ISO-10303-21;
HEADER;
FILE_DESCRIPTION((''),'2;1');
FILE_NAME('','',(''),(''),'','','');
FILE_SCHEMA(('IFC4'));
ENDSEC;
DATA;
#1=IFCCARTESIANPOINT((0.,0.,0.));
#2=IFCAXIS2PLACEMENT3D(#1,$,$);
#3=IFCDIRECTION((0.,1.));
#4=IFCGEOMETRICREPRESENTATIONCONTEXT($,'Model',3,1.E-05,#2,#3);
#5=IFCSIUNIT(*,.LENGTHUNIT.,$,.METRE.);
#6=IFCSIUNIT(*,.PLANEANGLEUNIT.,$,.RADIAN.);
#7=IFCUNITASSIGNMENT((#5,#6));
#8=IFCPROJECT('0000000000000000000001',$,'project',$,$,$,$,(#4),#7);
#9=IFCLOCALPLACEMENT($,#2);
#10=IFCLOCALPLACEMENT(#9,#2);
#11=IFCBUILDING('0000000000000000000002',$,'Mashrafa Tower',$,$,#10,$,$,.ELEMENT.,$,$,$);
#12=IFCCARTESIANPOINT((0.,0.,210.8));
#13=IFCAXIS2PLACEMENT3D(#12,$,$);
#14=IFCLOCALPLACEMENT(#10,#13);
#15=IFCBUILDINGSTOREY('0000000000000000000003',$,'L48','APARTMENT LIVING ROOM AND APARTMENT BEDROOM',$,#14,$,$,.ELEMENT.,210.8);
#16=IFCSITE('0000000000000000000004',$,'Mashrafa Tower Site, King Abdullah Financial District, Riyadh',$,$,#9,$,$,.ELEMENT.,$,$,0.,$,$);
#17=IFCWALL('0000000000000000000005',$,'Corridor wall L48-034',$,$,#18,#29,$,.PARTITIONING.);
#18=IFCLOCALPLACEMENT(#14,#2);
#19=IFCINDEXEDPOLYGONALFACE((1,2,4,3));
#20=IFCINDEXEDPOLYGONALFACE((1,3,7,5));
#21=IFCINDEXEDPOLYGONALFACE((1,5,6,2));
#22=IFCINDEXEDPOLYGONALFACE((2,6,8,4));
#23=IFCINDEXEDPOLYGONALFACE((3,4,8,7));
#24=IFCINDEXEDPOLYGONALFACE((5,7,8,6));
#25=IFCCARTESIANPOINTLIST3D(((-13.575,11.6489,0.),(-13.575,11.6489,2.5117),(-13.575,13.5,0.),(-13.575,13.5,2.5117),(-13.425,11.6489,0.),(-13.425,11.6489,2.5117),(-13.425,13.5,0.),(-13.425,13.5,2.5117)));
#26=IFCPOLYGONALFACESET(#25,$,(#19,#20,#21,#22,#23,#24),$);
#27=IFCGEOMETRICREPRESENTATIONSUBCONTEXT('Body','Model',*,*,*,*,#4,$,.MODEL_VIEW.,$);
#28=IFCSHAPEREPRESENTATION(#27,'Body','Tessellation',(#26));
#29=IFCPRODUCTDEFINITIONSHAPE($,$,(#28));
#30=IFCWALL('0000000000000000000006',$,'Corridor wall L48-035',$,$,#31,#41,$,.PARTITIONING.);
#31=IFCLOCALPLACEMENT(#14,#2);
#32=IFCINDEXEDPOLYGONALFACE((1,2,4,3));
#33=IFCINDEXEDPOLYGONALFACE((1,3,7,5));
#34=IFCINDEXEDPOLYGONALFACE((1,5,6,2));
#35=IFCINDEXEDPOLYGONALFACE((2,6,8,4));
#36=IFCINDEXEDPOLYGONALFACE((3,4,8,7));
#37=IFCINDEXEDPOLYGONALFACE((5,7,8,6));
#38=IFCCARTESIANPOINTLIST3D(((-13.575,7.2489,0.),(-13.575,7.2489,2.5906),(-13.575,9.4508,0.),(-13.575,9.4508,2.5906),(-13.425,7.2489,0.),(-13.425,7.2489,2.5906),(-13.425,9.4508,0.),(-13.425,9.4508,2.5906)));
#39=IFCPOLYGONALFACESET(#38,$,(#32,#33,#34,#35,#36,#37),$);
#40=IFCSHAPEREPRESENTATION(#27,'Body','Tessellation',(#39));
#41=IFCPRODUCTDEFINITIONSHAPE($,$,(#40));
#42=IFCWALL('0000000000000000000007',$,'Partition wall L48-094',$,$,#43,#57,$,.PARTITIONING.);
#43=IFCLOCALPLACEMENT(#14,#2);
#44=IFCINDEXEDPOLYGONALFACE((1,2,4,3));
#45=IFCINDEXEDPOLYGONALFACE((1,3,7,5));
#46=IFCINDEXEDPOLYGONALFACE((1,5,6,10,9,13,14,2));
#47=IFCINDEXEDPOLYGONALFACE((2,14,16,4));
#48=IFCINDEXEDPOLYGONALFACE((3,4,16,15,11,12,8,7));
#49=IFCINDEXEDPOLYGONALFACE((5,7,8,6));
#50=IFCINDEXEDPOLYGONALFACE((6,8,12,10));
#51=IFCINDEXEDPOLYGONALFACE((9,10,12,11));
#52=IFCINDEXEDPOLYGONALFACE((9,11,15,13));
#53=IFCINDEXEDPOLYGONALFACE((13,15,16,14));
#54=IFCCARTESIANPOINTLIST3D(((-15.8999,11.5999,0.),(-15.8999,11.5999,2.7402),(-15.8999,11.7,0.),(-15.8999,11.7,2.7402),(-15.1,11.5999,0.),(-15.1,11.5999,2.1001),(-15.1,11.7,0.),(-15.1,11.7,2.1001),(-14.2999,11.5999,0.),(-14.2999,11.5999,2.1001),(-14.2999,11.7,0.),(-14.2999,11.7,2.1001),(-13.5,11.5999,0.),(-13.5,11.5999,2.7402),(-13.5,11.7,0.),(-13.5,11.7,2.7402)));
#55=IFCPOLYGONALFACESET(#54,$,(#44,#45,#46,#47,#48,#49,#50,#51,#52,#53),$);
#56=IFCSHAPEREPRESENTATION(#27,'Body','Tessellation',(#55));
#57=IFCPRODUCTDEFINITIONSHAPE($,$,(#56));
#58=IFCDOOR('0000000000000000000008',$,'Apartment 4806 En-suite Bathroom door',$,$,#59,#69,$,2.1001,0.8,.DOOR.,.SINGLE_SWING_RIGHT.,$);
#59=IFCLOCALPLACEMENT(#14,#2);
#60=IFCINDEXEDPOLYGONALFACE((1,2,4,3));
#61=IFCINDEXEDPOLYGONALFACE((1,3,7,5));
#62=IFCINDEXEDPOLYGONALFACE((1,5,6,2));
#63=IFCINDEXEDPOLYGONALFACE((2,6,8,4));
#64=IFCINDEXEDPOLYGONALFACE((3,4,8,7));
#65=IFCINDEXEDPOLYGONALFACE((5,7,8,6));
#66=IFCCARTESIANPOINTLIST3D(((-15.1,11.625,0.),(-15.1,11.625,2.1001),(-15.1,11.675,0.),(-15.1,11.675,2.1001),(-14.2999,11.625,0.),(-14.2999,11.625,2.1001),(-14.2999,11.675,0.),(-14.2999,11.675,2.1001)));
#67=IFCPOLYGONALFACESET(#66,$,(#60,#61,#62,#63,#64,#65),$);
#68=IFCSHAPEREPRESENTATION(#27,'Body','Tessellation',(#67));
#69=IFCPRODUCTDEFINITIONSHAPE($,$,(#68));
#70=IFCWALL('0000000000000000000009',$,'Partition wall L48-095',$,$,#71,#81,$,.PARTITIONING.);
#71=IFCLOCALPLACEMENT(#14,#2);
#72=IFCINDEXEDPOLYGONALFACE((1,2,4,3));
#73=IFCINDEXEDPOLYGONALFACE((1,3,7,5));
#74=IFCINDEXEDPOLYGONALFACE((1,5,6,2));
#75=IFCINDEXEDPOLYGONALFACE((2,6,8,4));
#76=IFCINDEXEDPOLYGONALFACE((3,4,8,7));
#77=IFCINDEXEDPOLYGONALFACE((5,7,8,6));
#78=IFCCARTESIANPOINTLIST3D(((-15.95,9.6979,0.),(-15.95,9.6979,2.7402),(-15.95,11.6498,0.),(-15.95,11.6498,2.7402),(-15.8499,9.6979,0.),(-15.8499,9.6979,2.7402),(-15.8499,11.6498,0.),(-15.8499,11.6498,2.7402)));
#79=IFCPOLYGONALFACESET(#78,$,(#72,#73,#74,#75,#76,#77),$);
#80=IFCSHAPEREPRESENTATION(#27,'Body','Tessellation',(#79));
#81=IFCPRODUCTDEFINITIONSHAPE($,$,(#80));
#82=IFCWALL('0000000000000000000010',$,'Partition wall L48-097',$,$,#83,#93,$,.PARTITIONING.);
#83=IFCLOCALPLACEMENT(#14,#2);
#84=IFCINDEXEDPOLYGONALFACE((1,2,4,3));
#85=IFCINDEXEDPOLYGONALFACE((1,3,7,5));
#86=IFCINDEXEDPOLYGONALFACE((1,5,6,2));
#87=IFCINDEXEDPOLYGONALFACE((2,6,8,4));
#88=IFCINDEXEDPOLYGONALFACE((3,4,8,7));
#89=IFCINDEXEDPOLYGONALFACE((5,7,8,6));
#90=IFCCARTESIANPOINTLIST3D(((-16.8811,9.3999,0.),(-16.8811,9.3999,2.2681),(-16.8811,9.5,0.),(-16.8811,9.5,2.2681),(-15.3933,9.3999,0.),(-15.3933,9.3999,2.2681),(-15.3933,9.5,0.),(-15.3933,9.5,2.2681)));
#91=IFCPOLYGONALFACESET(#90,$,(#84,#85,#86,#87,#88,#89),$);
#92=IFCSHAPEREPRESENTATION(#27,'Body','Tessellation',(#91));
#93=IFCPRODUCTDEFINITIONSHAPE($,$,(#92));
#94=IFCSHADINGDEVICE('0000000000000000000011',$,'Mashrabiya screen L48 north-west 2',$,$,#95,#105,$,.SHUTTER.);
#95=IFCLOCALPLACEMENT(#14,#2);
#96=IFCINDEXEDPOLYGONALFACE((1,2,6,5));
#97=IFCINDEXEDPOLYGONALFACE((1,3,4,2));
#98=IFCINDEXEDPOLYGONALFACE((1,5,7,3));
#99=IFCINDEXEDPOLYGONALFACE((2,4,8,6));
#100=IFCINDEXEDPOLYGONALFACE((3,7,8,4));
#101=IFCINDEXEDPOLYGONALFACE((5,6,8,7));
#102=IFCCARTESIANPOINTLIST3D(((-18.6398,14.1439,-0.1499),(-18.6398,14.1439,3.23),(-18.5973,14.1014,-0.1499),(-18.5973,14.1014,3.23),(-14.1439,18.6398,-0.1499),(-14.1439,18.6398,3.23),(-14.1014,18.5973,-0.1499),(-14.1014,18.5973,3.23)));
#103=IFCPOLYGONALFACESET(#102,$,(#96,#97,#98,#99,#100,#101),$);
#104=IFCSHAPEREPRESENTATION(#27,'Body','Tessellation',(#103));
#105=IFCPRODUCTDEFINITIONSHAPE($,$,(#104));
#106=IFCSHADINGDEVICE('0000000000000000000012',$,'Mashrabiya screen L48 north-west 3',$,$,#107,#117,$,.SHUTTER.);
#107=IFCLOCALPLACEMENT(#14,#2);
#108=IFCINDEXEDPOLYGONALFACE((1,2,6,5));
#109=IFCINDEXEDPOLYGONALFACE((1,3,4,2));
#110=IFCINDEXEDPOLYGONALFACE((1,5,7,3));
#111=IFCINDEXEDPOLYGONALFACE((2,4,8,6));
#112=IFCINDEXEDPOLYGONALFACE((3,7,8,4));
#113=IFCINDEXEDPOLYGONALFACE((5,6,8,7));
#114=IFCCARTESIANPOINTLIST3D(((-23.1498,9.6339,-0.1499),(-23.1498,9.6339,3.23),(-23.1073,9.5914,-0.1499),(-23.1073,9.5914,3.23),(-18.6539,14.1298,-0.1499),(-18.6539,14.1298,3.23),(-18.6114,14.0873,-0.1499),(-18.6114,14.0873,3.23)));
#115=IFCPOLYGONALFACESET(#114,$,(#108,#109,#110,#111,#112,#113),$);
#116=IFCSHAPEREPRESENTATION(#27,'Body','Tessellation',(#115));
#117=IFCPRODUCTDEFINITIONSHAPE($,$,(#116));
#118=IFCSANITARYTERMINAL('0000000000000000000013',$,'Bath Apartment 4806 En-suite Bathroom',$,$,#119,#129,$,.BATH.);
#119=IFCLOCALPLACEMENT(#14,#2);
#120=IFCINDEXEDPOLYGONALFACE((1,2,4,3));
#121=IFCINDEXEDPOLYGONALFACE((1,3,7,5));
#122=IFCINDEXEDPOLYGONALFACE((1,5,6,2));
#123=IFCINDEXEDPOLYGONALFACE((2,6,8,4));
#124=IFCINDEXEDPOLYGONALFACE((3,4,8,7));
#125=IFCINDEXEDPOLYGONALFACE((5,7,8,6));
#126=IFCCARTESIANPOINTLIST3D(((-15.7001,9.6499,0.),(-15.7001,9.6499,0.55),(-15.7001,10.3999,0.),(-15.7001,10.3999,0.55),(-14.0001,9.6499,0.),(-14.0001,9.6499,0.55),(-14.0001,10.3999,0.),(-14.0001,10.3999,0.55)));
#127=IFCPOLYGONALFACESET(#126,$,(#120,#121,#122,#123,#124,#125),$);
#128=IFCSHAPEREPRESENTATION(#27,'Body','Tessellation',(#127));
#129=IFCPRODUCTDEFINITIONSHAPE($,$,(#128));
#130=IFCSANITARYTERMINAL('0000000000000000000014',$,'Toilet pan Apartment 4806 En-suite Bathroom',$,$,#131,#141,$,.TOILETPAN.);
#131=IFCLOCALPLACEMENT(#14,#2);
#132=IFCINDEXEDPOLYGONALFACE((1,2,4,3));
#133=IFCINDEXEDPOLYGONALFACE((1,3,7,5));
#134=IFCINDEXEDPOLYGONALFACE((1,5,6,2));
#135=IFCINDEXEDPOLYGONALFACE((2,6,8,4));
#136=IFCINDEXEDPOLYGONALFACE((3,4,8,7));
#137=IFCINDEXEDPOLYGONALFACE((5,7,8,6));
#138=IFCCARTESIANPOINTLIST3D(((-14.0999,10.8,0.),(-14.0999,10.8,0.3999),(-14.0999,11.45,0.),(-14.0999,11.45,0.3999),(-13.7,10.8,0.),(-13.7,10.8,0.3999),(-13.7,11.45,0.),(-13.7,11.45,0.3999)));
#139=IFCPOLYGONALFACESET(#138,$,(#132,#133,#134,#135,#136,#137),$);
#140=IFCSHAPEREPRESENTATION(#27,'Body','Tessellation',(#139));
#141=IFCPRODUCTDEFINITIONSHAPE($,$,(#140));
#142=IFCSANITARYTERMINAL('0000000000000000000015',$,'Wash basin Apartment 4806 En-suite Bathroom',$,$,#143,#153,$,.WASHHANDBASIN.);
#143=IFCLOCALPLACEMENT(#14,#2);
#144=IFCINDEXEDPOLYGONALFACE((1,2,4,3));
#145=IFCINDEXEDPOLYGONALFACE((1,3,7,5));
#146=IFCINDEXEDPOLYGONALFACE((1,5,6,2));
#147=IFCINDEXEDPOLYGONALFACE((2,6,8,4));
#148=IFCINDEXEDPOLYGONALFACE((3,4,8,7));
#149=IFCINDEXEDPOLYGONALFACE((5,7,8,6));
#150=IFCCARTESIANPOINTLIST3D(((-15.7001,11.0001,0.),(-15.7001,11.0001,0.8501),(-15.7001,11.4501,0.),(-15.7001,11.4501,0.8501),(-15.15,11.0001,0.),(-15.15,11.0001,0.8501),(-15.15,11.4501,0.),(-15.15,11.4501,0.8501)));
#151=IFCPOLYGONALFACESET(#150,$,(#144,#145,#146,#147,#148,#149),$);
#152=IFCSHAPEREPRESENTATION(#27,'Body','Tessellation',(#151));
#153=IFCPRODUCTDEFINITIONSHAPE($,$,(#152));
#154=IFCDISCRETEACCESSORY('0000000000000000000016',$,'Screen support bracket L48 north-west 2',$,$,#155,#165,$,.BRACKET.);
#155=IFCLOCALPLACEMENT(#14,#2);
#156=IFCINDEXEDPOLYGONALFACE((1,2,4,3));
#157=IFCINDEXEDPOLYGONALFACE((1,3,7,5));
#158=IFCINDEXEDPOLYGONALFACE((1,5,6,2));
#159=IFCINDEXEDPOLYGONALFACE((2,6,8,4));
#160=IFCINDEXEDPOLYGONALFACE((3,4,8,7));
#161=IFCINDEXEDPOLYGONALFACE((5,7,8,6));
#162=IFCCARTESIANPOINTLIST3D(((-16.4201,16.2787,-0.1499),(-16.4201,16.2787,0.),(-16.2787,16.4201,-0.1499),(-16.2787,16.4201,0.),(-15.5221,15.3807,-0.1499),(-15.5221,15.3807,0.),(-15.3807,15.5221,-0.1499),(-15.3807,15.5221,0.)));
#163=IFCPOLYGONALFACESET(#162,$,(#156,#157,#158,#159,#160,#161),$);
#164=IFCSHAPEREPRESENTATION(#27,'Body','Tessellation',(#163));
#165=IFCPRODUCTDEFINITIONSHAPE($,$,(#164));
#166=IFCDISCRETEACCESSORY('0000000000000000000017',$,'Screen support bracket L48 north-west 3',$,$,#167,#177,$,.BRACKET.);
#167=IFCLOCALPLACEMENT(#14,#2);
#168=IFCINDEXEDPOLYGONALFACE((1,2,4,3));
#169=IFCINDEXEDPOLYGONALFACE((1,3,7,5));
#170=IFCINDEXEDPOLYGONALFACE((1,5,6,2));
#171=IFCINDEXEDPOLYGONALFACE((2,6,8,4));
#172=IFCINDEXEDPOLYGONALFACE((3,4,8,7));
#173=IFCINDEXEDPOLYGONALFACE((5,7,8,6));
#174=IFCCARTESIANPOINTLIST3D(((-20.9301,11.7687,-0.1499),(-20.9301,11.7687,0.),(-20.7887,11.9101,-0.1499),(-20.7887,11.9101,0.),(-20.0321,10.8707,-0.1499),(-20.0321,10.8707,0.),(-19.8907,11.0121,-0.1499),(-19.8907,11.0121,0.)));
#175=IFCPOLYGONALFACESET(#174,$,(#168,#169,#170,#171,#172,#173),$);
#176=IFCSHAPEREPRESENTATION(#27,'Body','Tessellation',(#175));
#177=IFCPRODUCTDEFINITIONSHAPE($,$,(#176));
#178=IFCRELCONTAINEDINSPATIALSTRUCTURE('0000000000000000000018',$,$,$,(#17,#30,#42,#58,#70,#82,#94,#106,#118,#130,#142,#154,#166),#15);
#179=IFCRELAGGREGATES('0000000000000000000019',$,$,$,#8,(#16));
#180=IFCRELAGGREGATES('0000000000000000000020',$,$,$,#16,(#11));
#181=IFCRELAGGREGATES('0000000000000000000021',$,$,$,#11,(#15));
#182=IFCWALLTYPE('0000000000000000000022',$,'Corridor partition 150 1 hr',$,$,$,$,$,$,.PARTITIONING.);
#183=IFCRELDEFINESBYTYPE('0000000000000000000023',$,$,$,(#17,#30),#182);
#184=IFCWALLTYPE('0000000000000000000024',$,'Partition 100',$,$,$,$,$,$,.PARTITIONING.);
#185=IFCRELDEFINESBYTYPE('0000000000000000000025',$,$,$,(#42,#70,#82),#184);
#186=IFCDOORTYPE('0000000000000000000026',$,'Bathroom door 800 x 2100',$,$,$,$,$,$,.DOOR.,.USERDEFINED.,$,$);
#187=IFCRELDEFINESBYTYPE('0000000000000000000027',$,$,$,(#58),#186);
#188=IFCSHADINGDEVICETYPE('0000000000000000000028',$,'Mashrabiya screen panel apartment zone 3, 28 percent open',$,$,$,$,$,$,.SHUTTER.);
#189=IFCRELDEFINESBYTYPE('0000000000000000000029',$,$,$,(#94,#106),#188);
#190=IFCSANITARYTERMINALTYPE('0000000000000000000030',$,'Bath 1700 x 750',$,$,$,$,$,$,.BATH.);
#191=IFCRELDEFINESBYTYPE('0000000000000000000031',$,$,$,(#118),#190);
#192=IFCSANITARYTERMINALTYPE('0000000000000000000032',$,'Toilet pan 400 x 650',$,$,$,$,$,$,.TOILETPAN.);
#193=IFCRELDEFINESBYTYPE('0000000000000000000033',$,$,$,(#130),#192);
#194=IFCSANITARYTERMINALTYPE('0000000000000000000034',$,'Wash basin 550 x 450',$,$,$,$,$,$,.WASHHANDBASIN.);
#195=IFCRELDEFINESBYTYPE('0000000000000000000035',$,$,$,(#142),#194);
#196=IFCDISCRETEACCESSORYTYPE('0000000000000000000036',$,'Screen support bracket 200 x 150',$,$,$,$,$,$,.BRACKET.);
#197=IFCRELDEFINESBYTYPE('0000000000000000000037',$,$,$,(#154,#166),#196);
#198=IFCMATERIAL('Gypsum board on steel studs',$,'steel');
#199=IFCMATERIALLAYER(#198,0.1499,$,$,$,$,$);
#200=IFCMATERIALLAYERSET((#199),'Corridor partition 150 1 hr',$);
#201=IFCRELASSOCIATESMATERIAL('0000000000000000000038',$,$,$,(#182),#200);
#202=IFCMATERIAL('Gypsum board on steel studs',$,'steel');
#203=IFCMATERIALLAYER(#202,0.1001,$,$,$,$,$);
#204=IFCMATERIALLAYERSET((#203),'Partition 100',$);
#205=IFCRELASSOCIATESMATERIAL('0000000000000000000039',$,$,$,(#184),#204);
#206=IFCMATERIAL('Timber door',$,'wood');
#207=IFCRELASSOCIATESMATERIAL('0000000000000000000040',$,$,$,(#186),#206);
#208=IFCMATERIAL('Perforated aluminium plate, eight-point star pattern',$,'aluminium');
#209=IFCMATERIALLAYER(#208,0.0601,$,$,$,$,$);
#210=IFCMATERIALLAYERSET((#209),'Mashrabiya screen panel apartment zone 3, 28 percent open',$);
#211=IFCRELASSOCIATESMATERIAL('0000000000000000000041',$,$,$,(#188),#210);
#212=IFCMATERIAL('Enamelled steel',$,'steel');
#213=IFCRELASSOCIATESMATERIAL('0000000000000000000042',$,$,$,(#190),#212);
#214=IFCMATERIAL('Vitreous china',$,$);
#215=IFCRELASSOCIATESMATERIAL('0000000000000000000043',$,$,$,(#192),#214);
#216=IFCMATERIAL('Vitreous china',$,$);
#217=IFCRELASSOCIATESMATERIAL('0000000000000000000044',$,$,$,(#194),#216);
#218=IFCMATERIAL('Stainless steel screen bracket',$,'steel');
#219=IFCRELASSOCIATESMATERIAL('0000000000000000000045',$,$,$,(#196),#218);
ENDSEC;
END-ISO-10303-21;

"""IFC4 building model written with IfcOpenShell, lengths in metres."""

from ifc_helpers import new_model, si_unit, direction, frame, frame_2d, origin, origin_2d, place, context, subcontext, project, spatial, rectangle, extrude, source, transform, mapped, material, layer, layer_set, type_object, type_shapes, element, fill, save


model = new_model("IFC4")

# Units and contexts
model_context = context("Model", 3, precision=1e-05, world=origin(), true_north=direction((0.0, 1.0)))
body_context = subcontext(model_context, "Body", "Model", "MODEL_VIEW")
ifc_project = project(units=[si_unit("LENGTHUNIT", "METRE"), si_unit("PLANEANGLEUNIT", "RADIAN")], contexts=[model_context])

# Site, building, storey
site_placement = place(None, origin())
site = spatial("IfcSite", under=ifc_project, at=site_placement, Name="Mashrafa Tower Site, King Abdullah Financial District, Riyadh", CompositionType="ELEMENT", RefElevation=0.0)
building_placement = place(site_placement, origin())
building = spatial("IfcBuilding", under=site, at=building_placement, Name="Mashrafa Tower", CompositionType="ELEMENT")
storey_placement = place(building_placement, frame((0.0, 0.0, 210.8)))
storey = spatial("IfcBuildingStorey", under=building, at=storey_placement, Name="L48", Description="APARTMENT LIVING ROOM AND APARTMENT BEDROOM", CompositionType="ELEMENT", Elevation=210.8)

# Walls
ifc_material_1 = material(Name="Gypsum board on steel studs", Category="steel")
ifc_layer_1 = layer(ifc_material_1, 0.1499)
ifc_layer_set_1 = layer_set([ifc_layer_1], Name="Corridor partition 150 1 hr")
wall_type_1 = type_object("IfcWallType", Name="Corridor partition 150 1 hr", PredefinedType="PARTITIONING", material=ifc_layer_set_1)
wall_1_placement = place(storey_placement, frame((-13.5, 13.5, 0.0), z_axis=(0.0, 0.0, 1.0), x_axis=(0.0, -1.0, 0.0)))
element("IfcWall", 1, at=wall_1_placement, inside=storey, type_object=wall_type_1, Name="Corridor wall L48-034", PredefinedType="PARTITIONING", context=body_context, shape_type="SweptSolid", body=[
    extrude(rectangle(XDim=1.8511, YDim=0.1499, at=frame_2d((0.9255, 0.0))), origin(), (0.0, 0.0, 1.0), 2.5117),
])
wall_2_placement = place(storey_placement, frame((-13.5, 9.4509, 0.0), z_axis=(0.0, 0.0, 1.0), x_axis=(0.0, -1.0, 0.0)))
element("IfcWall", 2, at=wall_2_placement, inside=storey, type_object=wall_type_1, Name="Corridor wall L48-035", PredefinedType="PARTITIONING", context=body_context, shape_type="SweptSolid", body=[
    extrude(rectangle(XDim=2.2019, YDim=0.1499, at=frame_2d((1.1011, 0.0))), origin(), (0.0, 0.0, 1.0), 2.5906),
])

# Wall, opening, door
ifc_material_2 = material(Name="Gypsum board on steel studs", Category="steel")
ifc_layer_2 = layer(ifc_material_2, 0.1001)
ifc_layer_set_2 = layer_set([ifc_layer_2], Name="Partition 100")
wall_type_2 = type_object("IfcWallType", Name="Partition 100", PredefinedType="PARTITIONING", material=ifc_layer_set_2)
wall_3_placement = place(storey_placement, frame((-13.5, 11.6499, 0.0), z_axis=(0.0, 0.0, 1.0), x_axis=(-1.0, 0.0, 0.0)))
wall_3 = element("IfcWall", 3, at=wall_3_placement, inside=storey, type_object=wall_type_2, Name="Partition wall L48-094", PredefinedType="PARTITIONING", context=body_context, shape_type="SweptSolid", body=[
    extrude(rectangle(XDim=2.3999, YDim=0.1001, at=frame_2d((1.2, 0.0))), origin(), (0.0, 0.0, 1.0), 2.7402),
])
opening_placement = place(wall_3_placement, frame((0.8, 0.0, 0.0)))
opening = element("IfcOpeningElement", 4, at=opening_placement, cuts=wall_3, PredefinedType="OPENING", context=body_context, shape_type="SweptSolid", body=[
    extrude(rectangle(XDim=0.8, YDim=2.1001, at=frame_2d((0.3999, 1.05))), frame((0.0, 0.0601, 0.0), z_axis=(0.0, -1.0, 0.0), x_axis=(1.0, 0.0, 0.0)), (0.0, 0.0, 1.0), 0.1201),
])
ifc_material_3 = material(Name="Timber door", Category="wood")
door_type = type_object("IfcDoorType", Name="Bathroom door 800 x 2100", OperationType="USERDEFINED", PredefinedType="DOOR", material=ifc_material_3)
door_placement = place(opening_placement, origin())
door = element("IfcDoor", 5, at=door_placement, inside=storey, type_object=door_type, Name="Apartment 4806 En-suite Bathroom door", OperationType="SINGLE_SWING_RIGHT", OverallHeight=2.1001, OverallWidth=0.8, PredefinedType="DOOR", context=body_context, shape_type="SweptSolid", body=[
    extrude(rectangle(XDim=0.8, YDim=2.1001, at=frame_2d((0.3999, 1.05))), frame((0.0, 0.0249, 0.0), z_axis=(0.0, -1.0, 0.0), x_axis=(1.0, 0.0, 0.0)), (0.0, 0.0, 1.0), 0.05),
])
fill(opening, door)

# Walls
wall_4_placement = place(storey_placement, frame((-15.8999, 11.6499, 0.0), z_axis=(0.0, 0.0, 1.0), x_axis=(0.0, -1.0, 0.0)))
element("IfcWall", 6, at=wall_4_placement, inside=storey, type_object=wall_type_2, Name="Partition wall L48-095", PredefinedType="PARTITIONING", context=body_context, shape_type="SweptSolid", body=[
    extrude(rectangle(XDim=1.9519, YDim=0.1001, at=frame_2d((0.9761, 0.0))), origin(), (0.0, 0.0, 1.0), 2.7402),
])
wall_5_placement = place(storey_placement, frame((-15.3933, 9.45, 0.0), z_axis=(0.0, 0.0, 1.0), x_axis=(-1.0, 0.0, 0.0)))
element("IfcWall", 7, at=wall_5_placement, inside=storey, type_object=wall_type_2, Name="Partition wall L48-097", PredefinedType="PARTITIONING", context=body_context, shape_type="SweptSolid", body=[
    extrude(rectangle(XDim=1.4878, YDim=0.1001, at=frame_2d((0.7439, 0.0))), origin(), (0.0, 0.0, 1.0), 2.2681),
])

# Shading devices
ifc_material_4 = material(Name="Perforated aluminium plate, eight-point star pattern", Category="aluminium")
ifc_layer_3 = layer(ifc_material_4, 0.0601)
ifc_layer_set_3 = layer_set([ifc_layer_3], Name="Mashrabiya screen panel apartment zone 3, 28 percent open")
shading_device_type = type_object("IfcShadingDeviceType", Name="Mashrabiya screen panel apartment zone 3, 28 percent open", PredefinedType="SHUTTER", material=ifc_layer_set_3)
shared_shape_1 = source(origin(), body_context, "Body", "SweptSolid", [
    extrude(rectangle(XDim=6.3582, YDim=0.0601, at=origin_2d()), origin(), (0.0, 0.0, 1.0), 3.3799),
])
type_shapes(shading_device_type, [shared_shape_1])
for number, where, z_axis, x_axis, name in (
    (8, (-16.3706, 16.3706, -0.1499), (0.0, 0.0, 1.0), (-0.707107, -0.707107, 0.0), "Mashrabiya screen L48 north-west 2"),
    (9, (-20.8806, 11.8606, -0.1499), (0.0, 0.0, 1.0), (-0.707107, -0.707107, 0.0), "Mashrabiya screen L48 north-west 3"),
):
    element("IfcShadingDevice", number, at=place(storey_placement, frame(where, z_axis=z_axis, x_axis=x_axis)), inside=storey, type_object=shading_device_type, Name=name, PredefinedType="SHUTTER", context=body_context, shape_type="MappedRepresentation", body=[
        mapped(shared_shape_1, transform((0.0, 0.0, 0.0))),
    ])

# Sanitary terminals
ifc_material_5 = material(Name="Enamelled steel", Category="steel")
sanitary_terminal_type_1 = type_object("IfcSanitaryTerminalType", Name="Bath 1700 x 750", PredefinedType="BATH", material=ifc_material_5)
sanitary_terminal_1_placement = place(storey_placement, frame((-14.8501, 10.0249, 0.0), z_axis=(0.0, 0.0, 1.0), x_axis=(1.0, 0.0, 0.0)))
element("IfcSanitaryTerminal", 10, at=sanitary_terminal_1_placement, inside=storey, type_object=sanitary_terminal_type_1, Name="Bath Apartment 4806 En-suite Bathroom", PredefinedType="BATH", context=body_context, shape_type="SweptSolid", body=[
    extrude(rectangle(XDim=1.7, YDim=0.75, at=origin_2d()), origin(), (0.0, 0.0, 1.0), 0.55),
])
ifc_material_6 = material(Name="Vitreous china")
sanitary_terminal_type_2 = type_object("IfcSanitaryTerminalType", Name="Toilet pan 400 x 650", PredefinedType="TOILETPAN", material=ifc_material_6)
sanitary_terminal_2_placement = place(storey_placement, frame((-13.8999, 11.125, 0.0), z_axis=(0.0, 0.0, 1.0), x_axis=(-1.0, 0.0, 0.0)))
element("IfcSanitaryTerminal", 11, at=sanitary_terminal_2_placement, inside=storey, type_object=sanitary_terminal_type_2, Name="Toilet pan Apartment 4806 En-suite Bathroom", PredefinedType="TOILETPAN", context=body_context, shape_type="SweptSolid", body=[
    extrude(rectangle(XDim=0.3999, YDim=0.6499, at=origin_2d()), origin(), (0.0, 0.0, 1.0), 0.3999),
])
ifc_material_7 = material(Name="Vitreous china")
sanitary_terminal_type_3 = type_object("IfcSanitaryTerminalType", Name="Wash basin 550 x 450", PredefinedType="WASHHANDBASIN", material=ifc_material_7)
sanitary_terminal_3_placement = place(storey_placement, frame((-15.425, 11.2251, 0.0), z_axis=(0.0, 0.0, 1.0), x_axis=(-1.0, 0.0, 0.0)))
element("IfcSanitaryTerminal", 12, at=sanitary_terminal_3_placement, inside=storey, type_object=sanitary_terminal_type_3, Name="Wash basin Apartment 4806 En-suite Bathroom", PredefinedType="WASHHANDBASIN", context=body_context, shape_type="SweptSolid", body=[
    extrude(rectangle(XDim=0.55, YDim=0.45, at=origin_2d()), origin(), (0.0, 0.0, 1.0), 0.8501),
])

# Discrete accessories
ifc_material_8 = material(Name="Stainless steel screen bracket", Category="steel")
discrete_accessory_type = type_object("IfcDiscreteAccessoryType", Name="Screen support bracket 200 x 150", PredefinedType="BRACKET", material=ifc_material_8)
shared_shape_2 = source(origin(), body_context, "Body", "SweptSolid", [
    extrude(rectangle(XDim=0.2, YDim=1.27, at=origin_2d()), origin(), (0.0, 0.0, 1.0), 0.1499),
])
type_shapes(discrete_accessory_type, [shared_shape_2])
for number, where, z_axis, x_axis, name in (
    (13, (-15.9004, 15.9004, -0.1499), (0.0, 0.0, 1.0), (-0.707107, -0.707107, 0.0), "Screen support bracket L48 north-west 2"),
    (14, (-20.4104, 11.3904, -0.1499), (0.0, 0.0, 1.0), (-0.707107, -0.707107, 0.0), "Screen support bracket L48 north-west 3"),
):
    element("IfcDiscreteAccessory", number, at=place(storey_placement, frame(where, z_axis=z_axis, x_axis=x_axis)), inside=storey, type_object=discrete_accessory_type, Name=name, PredefinedType="BRACKET", context=body_context, shape_type="MappedRepresentation", body=[
        mapped(shared_shape_2, transform((0.0, 0.0, 0.0))),
    ])

save(model, "model.ifc")
